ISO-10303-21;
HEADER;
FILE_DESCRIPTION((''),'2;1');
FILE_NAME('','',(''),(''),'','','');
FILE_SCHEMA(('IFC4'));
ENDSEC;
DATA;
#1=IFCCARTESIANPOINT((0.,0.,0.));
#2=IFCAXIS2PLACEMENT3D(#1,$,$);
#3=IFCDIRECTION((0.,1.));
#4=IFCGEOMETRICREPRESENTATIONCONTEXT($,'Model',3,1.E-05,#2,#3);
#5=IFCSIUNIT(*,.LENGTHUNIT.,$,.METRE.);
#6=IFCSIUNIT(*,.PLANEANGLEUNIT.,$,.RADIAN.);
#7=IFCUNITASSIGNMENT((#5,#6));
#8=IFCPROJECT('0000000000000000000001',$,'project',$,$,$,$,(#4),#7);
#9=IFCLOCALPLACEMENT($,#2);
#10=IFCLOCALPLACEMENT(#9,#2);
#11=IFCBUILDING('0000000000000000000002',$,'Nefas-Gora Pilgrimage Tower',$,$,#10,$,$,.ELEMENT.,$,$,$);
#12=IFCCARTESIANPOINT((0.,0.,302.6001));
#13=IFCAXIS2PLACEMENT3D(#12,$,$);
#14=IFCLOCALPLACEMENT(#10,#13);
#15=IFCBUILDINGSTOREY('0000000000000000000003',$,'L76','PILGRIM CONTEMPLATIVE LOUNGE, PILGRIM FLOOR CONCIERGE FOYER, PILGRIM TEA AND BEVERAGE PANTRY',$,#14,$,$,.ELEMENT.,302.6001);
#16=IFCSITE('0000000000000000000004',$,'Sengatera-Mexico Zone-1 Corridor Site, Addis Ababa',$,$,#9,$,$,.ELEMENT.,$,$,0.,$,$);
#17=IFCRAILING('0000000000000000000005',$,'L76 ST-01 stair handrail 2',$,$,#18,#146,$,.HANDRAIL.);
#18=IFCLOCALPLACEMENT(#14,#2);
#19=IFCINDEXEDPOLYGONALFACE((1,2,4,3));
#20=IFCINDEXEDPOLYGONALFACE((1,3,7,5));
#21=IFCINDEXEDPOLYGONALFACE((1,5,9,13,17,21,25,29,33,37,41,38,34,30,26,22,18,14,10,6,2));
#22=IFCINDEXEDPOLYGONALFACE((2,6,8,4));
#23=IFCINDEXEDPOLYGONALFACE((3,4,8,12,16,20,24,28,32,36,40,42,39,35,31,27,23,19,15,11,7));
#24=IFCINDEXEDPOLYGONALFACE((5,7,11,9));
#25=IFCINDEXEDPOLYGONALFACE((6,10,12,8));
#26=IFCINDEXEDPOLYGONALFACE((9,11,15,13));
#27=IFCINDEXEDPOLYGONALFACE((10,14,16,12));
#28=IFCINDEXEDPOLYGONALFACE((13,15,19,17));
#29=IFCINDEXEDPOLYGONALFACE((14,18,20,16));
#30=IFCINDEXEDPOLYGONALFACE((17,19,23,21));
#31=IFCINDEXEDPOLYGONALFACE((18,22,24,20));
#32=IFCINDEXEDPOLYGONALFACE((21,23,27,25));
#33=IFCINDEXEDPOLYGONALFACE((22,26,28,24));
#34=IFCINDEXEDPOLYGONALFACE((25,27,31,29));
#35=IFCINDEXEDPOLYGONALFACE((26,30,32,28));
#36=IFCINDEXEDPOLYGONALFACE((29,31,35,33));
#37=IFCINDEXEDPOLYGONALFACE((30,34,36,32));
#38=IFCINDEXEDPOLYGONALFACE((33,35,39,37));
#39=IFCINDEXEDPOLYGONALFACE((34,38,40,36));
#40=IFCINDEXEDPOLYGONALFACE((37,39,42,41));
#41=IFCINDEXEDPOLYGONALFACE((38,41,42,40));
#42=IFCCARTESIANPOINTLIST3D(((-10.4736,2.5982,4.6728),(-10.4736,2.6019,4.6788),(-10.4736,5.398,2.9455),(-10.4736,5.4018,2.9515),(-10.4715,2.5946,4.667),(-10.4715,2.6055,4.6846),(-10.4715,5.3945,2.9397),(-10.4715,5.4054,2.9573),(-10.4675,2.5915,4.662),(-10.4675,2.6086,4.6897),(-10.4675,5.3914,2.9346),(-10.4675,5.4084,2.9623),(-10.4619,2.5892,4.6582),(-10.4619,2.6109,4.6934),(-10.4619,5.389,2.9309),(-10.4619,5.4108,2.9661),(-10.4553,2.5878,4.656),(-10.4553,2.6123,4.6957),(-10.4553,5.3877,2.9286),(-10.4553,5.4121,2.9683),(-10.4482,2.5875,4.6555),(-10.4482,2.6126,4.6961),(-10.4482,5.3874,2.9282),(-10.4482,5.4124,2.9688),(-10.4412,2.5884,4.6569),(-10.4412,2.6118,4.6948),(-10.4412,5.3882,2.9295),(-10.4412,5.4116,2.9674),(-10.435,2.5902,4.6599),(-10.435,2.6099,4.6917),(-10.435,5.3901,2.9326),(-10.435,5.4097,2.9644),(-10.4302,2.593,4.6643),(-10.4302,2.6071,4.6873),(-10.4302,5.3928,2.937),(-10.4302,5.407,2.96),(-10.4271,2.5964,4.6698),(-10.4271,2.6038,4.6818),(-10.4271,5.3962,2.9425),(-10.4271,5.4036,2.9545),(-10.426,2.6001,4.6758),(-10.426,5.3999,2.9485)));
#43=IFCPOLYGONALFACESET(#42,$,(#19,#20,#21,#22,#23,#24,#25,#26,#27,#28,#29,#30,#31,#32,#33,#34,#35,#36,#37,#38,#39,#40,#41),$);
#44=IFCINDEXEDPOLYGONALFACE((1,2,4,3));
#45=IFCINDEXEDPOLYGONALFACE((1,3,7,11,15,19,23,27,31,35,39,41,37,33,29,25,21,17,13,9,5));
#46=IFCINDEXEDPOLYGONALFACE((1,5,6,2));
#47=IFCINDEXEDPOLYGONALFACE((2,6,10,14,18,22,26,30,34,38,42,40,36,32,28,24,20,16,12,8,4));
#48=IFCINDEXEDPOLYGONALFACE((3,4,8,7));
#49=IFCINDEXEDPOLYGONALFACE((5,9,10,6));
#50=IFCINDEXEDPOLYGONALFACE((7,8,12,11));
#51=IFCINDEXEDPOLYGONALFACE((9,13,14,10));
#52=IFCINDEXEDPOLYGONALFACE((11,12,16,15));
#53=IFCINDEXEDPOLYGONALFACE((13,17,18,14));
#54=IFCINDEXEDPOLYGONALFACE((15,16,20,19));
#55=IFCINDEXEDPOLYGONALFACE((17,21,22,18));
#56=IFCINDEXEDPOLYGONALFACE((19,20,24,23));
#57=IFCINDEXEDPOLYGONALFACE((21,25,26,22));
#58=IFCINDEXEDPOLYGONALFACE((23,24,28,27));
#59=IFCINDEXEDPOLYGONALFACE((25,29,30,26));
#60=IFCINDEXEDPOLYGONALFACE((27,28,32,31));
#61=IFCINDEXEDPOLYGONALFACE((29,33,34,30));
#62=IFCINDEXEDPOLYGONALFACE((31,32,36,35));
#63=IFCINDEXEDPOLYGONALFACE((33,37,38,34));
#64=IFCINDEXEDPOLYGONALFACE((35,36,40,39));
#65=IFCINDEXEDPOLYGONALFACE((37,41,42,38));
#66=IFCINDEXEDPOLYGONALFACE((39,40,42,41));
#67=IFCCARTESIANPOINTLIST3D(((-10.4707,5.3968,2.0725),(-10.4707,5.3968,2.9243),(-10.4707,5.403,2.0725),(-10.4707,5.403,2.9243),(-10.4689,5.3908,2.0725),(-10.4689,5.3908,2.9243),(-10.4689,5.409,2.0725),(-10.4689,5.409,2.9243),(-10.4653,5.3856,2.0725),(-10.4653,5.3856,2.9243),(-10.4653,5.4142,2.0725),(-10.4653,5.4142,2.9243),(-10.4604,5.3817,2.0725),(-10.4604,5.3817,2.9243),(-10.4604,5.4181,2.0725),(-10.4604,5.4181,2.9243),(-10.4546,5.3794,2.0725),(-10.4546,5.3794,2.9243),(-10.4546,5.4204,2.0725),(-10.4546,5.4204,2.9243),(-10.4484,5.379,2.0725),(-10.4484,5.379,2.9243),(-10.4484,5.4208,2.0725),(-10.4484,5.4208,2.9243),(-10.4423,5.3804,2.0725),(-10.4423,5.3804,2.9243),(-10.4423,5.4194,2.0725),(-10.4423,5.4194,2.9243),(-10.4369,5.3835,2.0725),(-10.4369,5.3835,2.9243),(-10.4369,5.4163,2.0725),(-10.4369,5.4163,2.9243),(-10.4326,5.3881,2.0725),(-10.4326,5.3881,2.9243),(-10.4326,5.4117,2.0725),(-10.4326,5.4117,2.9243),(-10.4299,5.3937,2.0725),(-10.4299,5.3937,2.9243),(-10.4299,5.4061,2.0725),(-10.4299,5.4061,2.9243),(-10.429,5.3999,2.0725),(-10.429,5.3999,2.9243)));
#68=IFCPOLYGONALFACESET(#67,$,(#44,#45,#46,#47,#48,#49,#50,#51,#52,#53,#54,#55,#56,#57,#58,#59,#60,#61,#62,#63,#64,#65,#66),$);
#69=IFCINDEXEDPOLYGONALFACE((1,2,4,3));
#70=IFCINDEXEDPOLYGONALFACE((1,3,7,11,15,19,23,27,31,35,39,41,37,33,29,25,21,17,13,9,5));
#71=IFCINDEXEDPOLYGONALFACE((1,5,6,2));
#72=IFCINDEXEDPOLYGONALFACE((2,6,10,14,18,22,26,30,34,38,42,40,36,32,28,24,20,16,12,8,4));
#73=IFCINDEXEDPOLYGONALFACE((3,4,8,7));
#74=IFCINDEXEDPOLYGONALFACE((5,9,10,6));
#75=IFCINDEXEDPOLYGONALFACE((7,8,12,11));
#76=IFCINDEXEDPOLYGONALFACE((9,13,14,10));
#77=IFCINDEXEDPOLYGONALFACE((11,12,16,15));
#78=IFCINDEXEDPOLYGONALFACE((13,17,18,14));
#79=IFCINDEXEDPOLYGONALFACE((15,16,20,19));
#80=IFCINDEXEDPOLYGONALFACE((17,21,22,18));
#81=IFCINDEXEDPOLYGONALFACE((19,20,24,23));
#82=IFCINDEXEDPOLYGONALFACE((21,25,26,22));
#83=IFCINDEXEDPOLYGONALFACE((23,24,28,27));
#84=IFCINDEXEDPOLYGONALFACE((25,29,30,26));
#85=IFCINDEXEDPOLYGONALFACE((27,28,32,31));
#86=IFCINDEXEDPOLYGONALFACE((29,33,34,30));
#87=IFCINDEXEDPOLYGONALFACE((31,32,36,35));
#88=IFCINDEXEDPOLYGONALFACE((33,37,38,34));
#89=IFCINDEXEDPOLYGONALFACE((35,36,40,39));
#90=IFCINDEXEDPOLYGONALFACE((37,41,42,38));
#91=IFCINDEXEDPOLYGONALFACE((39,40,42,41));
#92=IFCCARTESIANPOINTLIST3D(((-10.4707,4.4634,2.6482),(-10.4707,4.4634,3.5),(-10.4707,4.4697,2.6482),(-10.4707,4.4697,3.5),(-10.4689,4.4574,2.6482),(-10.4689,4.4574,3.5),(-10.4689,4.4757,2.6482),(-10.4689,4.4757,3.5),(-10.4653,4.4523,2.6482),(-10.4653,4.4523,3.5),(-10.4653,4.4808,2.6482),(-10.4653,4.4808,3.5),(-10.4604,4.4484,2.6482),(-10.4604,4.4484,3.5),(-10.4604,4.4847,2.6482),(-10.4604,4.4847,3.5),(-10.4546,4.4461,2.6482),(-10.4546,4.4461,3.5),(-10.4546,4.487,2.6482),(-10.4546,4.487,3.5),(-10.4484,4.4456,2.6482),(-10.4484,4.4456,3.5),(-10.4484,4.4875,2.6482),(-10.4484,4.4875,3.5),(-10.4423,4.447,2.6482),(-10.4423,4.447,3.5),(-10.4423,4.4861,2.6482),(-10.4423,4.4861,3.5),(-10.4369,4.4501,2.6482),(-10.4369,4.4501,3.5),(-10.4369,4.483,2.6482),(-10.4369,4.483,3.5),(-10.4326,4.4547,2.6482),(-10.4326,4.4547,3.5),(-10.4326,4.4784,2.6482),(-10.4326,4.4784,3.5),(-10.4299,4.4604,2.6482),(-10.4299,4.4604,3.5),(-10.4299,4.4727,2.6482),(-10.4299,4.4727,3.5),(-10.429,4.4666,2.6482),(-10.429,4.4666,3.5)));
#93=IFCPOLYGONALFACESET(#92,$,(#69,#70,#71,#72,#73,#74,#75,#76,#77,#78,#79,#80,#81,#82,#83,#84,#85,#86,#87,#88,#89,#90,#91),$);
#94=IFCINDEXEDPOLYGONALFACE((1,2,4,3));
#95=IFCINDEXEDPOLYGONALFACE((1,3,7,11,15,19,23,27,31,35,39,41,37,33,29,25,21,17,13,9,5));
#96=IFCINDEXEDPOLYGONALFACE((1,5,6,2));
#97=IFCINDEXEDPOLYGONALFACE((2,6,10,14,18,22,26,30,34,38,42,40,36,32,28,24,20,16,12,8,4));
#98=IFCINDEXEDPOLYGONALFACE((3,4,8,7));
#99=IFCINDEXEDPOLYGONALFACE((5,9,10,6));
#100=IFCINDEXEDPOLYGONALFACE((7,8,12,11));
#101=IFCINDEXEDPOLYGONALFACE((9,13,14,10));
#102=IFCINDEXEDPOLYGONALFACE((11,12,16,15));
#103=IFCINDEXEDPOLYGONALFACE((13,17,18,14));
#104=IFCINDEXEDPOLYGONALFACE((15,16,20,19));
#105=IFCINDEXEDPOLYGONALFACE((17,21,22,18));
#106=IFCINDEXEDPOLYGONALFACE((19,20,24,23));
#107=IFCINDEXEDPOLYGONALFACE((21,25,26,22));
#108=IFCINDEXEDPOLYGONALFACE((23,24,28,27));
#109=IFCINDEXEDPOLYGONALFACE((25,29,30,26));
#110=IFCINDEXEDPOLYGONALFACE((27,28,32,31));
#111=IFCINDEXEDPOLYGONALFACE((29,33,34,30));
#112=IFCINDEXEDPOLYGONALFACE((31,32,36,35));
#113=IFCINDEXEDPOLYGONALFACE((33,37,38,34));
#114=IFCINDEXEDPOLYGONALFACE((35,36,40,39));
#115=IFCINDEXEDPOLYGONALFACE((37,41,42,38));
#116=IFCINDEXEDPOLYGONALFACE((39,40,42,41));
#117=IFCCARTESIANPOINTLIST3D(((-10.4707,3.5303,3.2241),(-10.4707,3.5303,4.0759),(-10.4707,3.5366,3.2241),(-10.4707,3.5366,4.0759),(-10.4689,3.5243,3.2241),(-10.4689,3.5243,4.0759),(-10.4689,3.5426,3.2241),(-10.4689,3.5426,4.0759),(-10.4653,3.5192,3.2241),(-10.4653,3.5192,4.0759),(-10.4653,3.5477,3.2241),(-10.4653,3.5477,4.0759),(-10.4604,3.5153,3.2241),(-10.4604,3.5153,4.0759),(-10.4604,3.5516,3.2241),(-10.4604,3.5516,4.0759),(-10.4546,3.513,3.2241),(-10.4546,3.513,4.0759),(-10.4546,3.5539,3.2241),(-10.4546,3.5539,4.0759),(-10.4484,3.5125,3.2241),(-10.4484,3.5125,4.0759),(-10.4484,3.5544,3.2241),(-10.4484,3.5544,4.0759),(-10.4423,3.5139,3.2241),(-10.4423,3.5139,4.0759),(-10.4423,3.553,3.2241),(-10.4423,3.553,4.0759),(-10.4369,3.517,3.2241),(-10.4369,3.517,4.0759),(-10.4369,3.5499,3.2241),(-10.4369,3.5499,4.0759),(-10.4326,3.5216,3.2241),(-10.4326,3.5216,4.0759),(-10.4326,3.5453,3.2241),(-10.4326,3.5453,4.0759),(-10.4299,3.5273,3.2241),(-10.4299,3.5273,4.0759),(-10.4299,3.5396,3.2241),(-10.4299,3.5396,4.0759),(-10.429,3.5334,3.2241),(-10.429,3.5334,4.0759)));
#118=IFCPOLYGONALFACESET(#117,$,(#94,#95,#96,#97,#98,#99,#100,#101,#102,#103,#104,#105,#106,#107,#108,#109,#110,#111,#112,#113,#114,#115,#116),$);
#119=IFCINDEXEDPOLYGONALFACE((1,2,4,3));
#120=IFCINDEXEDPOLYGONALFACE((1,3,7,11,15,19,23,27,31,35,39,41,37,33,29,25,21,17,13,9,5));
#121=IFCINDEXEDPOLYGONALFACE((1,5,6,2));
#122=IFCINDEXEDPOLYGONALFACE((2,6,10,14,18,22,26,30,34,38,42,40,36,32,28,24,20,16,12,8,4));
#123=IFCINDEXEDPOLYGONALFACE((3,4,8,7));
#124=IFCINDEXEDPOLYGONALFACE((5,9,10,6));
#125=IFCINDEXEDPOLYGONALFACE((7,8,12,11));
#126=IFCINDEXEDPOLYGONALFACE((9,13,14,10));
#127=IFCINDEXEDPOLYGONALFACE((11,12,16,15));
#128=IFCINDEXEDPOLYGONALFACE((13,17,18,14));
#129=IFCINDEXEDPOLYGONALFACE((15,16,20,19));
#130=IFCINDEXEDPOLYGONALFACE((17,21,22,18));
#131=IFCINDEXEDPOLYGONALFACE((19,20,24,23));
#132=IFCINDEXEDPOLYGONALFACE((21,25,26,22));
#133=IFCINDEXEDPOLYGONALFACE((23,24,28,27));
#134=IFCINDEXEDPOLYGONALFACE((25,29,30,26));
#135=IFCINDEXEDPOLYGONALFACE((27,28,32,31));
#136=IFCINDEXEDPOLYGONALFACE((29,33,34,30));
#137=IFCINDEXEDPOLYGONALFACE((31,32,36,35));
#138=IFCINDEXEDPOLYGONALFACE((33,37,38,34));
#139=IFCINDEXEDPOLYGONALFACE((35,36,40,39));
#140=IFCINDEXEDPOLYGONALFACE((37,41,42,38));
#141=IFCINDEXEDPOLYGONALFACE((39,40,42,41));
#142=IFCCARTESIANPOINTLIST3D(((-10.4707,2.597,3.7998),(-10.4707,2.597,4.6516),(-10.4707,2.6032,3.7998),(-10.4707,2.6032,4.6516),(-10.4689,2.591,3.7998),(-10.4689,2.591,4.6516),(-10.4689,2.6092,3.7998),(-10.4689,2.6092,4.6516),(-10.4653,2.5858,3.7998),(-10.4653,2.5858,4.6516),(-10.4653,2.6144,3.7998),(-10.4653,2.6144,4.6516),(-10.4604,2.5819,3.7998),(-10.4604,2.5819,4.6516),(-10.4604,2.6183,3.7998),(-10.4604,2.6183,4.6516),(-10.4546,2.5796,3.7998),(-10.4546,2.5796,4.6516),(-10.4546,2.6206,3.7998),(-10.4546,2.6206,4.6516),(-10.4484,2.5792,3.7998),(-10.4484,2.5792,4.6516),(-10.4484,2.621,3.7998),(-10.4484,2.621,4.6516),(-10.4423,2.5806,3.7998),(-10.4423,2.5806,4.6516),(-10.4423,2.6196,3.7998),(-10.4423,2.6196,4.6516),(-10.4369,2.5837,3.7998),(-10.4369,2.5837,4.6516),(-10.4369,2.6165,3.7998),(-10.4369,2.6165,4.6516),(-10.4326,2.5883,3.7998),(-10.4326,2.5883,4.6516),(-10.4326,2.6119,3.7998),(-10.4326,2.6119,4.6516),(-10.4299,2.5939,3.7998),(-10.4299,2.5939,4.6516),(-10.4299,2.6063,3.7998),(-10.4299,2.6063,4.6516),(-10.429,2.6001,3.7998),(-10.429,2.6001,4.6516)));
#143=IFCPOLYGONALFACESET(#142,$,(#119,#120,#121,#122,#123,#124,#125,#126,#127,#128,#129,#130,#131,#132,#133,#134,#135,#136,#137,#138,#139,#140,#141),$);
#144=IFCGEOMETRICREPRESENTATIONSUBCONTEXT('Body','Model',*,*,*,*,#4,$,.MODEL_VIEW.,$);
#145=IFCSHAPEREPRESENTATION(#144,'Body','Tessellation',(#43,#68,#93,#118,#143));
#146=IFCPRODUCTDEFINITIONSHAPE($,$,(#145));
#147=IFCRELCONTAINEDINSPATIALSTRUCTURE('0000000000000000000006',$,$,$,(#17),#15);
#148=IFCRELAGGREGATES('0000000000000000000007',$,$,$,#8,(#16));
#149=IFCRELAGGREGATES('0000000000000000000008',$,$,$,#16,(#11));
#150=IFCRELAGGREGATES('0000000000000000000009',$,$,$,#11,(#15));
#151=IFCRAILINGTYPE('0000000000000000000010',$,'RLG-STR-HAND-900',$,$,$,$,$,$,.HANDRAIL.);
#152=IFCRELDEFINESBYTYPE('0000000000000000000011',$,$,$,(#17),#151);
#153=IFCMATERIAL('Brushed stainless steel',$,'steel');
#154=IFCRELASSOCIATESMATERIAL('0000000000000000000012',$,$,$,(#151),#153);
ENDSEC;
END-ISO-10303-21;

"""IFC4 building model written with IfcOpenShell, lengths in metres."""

from ifc_helpers import new_model, si_unit, direction, frame, origin, origin_2d, place, context, subcontext, project, spatial, circle, extrude, material, type_object, element, save


model = new_model("IFC4")

# Units and contexts
model_context = context("Model", 3, precision=1e-05, world=origin(), true_north=direction((0.0, 1.0)))
body_context = subcontext(model_context, "Body", "Model", "MODEL_VIEW")
ifc_project = project(units=[si_unit("LENGTHUNIT", "METRE"), si_unit("PLANEANGLEUNIT", "RADIAN")], contexts=[model_context])

# Site, building, storey
site_placement = place(None, origin())
site = spatial("IfcSite", under=ifc_project, at=site_placement, Name="Sengatera-Mexico Zone-1 Corridor Site, Addis Ababa", CompositionType="ELEMENT", RefElevation=0.0)
building_placement = place(site_placement, origin())
building = spatial("IfcBuilding", under=site, at=building_placement, Name="Nefas-Gora Pilgrimage Tower", CompositionType="ELEMENT")
storey_placement = place(building_placement, frame((0.0, 0.0, 302.6001)))
storey = spatial("IfcBuildingStorey", under=building, at=storey_placement, Name="L76", Description="PILGRIM CONTEMPLATIVE LOUNGE, PILGRIM FLOOR CONCIERGE FOYER, PILGRIM TEA AND BEVERAGE PANTRY", CompositionType="ELEMENT", Elevation=302.6001)

# Railing
ifc_material_1 = material(Name="Brushed stainless steel", Category="steel")
railing_type_1 = type_object("IfcRailingType", Name="RLG-STR-HAND-900", PredefinedType="HANDRAIL", material=ifc_material_1)
railing_1_placement = place(storey_placement, frame((-10.45, 5.3999, 2.0725)))
element("IfcRailing", 1, at=railing_1_placement, inside=storey, type_object=railing_type_1, Name="L76 ST-01 stair handrail 2", PredefinedType="HANDRAIL", context=body_context, shape_type="SweptSolid", body=[
    extrude(circle(Radius=0.0239, at=origin_2d()), frame((0.0, 0.0, 0.876), z_axis=(0.0, -0.851069, 0.525054), x_axis=(1.0, 0.0, 0.0)), (0.0, 0.0, 1.0), 3.2898),
    extrude(circle(Radius=0.021, at=origin_2d()), origin(), (0.0, 0.0, 1.0), 0.8518),
    extrude(circle(Radius=0.021, at=origin_2d()), frame((0.0, -0.9333, 0.5757)), (0.0, 0.0, 1.0), 0.8518),
    extrude(circle(Radius=0.021, at=origin_2d()), frame((0.0, -1.8665, 1.1516)), (0.0, 0.0, 1.0), 0.8518),
    extrude(circle(Radius=0.021, at=origin_2d()), frame((0.0, -2.7998, 1.7273)), (0.0, 0.0, 1.0), 0.8518),
])

save(model, "model.ifc")
